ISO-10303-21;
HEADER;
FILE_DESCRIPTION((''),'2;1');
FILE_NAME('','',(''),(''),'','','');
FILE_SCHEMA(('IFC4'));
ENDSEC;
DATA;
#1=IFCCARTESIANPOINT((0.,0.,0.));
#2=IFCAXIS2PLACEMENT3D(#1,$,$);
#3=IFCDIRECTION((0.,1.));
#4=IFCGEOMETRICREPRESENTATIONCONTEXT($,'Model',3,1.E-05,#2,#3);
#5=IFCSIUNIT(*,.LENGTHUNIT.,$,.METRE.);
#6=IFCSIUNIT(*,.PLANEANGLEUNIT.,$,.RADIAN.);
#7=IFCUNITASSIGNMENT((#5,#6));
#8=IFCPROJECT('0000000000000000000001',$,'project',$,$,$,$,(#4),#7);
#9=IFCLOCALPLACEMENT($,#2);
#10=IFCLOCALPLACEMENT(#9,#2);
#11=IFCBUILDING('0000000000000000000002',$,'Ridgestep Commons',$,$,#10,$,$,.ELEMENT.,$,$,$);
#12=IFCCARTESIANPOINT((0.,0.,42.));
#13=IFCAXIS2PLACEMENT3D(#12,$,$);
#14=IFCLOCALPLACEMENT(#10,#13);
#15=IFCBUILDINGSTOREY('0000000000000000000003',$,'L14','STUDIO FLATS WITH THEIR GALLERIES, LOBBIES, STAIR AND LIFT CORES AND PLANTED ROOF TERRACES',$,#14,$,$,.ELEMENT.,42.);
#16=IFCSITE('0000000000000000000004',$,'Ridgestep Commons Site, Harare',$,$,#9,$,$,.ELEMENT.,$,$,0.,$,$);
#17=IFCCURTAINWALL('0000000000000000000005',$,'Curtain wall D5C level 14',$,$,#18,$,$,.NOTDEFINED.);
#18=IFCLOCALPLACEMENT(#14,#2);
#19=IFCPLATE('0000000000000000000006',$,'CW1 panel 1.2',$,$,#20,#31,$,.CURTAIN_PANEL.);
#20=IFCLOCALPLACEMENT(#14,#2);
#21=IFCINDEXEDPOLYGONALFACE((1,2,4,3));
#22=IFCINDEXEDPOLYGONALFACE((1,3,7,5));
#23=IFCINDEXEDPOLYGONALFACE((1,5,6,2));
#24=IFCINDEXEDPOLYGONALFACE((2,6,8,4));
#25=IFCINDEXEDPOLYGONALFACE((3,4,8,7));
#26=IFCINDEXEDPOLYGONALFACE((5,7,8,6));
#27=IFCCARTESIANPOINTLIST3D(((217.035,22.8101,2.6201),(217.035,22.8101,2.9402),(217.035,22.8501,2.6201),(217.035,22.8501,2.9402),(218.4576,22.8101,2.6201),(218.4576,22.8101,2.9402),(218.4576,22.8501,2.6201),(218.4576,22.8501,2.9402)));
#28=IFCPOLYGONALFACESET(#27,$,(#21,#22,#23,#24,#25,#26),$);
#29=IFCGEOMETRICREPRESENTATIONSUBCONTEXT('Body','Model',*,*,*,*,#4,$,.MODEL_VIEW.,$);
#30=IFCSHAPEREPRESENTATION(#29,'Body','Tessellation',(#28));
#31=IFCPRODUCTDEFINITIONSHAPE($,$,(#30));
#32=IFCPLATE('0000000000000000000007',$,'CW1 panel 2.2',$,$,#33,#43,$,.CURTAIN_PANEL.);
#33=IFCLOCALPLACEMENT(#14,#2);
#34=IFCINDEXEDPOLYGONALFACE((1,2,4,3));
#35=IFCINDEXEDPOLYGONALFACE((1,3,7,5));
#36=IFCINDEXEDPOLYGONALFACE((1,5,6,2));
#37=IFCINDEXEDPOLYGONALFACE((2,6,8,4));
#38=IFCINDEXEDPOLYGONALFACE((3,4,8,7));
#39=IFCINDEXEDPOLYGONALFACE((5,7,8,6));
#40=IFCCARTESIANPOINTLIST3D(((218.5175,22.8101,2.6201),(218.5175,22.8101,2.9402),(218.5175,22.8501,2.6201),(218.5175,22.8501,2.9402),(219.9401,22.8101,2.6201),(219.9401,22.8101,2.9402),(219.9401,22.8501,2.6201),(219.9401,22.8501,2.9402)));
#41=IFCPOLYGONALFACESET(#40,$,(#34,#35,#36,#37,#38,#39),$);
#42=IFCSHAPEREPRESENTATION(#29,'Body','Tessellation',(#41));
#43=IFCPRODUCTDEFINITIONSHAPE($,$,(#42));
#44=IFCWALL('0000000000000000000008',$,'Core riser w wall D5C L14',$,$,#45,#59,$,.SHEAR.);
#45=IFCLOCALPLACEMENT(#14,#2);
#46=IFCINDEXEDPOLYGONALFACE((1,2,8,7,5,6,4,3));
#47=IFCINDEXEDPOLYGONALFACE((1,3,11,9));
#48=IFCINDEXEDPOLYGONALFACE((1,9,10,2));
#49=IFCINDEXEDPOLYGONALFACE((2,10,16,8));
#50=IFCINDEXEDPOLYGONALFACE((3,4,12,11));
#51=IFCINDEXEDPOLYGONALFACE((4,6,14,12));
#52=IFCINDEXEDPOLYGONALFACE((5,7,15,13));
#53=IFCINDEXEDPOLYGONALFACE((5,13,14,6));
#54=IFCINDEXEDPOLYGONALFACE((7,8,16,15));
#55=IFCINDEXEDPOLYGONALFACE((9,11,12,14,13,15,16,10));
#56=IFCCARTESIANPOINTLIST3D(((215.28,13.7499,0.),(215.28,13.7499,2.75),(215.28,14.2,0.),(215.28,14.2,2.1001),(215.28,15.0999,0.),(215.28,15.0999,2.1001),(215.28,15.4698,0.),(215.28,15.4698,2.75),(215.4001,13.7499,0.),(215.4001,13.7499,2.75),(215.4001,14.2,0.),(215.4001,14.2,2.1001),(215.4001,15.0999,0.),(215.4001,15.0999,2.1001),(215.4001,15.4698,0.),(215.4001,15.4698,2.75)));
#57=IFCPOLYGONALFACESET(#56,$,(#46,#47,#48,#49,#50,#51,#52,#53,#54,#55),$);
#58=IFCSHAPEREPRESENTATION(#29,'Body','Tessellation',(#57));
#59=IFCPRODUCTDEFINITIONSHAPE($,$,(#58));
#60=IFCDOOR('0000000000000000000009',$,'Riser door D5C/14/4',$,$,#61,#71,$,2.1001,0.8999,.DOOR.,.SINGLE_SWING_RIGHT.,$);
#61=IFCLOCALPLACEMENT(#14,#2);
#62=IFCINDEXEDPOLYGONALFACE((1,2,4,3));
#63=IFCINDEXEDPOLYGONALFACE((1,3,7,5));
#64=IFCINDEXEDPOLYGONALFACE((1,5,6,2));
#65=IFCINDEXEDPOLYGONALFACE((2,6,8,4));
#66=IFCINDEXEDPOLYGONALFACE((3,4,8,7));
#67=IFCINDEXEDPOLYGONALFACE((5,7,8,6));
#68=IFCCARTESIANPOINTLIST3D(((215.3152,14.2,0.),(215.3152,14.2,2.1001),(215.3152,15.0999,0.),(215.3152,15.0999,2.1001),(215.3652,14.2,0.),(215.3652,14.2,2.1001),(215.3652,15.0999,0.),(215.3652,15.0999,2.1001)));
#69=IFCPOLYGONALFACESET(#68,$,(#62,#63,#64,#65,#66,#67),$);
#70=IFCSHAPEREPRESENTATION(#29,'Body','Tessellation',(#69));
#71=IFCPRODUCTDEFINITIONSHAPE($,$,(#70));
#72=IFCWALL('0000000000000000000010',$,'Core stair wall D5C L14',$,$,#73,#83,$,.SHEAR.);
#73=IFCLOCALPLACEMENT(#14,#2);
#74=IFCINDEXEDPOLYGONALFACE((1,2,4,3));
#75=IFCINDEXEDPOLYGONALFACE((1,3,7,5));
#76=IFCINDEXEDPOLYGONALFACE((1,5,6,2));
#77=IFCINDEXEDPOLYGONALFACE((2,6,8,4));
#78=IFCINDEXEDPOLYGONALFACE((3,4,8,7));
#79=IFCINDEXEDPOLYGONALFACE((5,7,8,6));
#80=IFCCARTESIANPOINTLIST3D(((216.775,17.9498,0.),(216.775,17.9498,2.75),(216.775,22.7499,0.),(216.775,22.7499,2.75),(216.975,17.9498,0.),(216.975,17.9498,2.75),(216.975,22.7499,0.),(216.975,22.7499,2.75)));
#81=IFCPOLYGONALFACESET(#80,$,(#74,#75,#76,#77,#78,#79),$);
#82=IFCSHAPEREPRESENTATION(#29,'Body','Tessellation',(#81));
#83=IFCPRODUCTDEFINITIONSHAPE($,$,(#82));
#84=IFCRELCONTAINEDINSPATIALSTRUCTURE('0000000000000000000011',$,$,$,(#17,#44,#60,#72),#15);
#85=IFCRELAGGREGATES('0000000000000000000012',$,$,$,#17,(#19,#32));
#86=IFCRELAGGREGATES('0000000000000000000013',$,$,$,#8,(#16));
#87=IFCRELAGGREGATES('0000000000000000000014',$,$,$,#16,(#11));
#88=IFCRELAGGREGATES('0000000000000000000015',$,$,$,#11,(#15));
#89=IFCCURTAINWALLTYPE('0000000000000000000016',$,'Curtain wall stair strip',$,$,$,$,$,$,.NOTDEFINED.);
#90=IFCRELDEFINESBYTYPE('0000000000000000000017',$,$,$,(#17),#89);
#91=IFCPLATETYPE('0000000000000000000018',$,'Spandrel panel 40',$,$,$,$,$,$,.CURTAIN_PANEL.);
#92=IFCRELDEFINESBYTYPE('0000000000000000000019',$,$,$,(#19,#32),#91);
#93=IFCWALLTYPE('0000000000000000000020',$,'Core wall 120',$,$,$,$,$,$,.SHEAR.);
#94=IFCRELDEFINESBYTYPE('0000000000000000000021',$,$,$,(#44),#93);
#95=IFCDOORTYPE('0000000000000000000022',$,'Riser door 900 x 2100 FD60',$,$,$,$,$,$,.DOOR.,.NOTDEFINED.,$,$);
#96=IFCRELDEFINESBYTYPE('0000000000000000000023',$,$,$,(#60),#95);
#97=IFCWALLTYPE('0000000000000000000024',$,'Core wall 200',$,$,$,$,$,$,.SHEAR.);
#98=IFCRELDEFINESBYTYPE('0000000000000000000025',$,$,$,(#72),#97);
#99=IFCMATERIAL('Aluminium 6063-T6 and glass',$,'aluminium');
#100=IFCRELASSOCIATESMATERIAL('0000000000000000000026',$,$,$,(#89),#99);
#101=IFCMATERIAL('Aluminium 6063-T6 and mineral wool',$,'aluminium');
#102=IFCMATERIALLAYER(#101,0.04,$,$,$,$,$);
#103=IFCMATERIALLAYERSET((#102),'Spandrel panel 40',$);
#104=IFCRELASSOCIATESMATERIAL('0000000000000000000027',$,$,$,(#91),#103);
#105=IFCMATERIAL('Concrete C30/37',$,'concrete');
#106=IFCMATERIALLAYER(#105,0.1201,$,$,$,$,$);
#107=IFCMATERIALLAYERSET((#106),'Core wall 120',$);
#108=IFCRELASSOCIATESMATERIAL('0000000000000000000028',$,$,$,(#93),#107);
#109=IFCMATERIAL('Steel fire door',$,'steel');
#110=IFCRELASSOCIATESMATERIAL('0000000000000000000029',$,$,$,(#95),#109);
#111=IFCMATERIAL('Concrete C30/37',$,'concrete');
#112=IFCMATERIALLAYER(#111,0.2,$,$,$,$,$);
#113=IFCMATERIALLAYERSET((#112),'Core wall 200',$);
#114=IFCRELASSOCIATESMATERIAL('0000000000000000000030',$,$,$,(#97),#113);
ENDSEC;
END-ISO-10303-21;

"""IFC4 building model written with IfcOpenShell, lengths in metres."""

from ifc_helpers import new_model, si_unit, direction, frame, frame_2d, origin, origin_2d, place, context, subcontext, project, spatial, rectangle, extrude, material, layer, layer_set, type_object, element, fill, aggregate, save


model = new_model("IFC4")

# Units and contexts
model_context = context("Model", 3, precision=1e-05, world=origin(), true_north=direction((0.0, 1.0)))
body_context = subcontext(model_context, "Body", "Model", "MODEL_VIEW")
ifc_project = project(units=[si_unit("LENGTHUNIT", "METRE"), si_unit("PLANEANGLEUNIT", "RADIAN")], contexts=[model_context])

# Site, building, storey
site_placement = place(None, origin())
site = spatial("IfcSite", under=ifc_project, at=site_placement, Name="Ridgestep Commons Site, Harare", CompositionType="ELEMENT", RefElevation=0.0)
building_placement = place(site_placement, origin())
building = spatial("IfcBuilding", under=site, at=building_placement, Name="Ridgestep Commons", CompositionType="ELEMENT")
storey_placement = place(building_placement, frame((0.0, 0.0, 42.0)))
storey = spatial("IfcBuildingStorey", under=building, at=storey_placement, Name="L14", Description="STUDIO FLATS WITH THEIR GALLERIES, LOBBIES, STAIR AND LIFT CORES AND PLANTED ROOF TERRACES", CompositionType="ELEMENT", Elevation=42.0)

# Curtain wall, plates
ifc_material_1 = material(Name="Aluminium 6063-T6 and glass", Category="aluminium")
curtain_wall_type = type_object("IfcCurtainWallType", Name="Curtain wall stair strip", PredefinedType="NOTDEFINED", material=ifc_material_1)
curtain_wall_placement = place(storey_placement, origin())
curtain_wall = element("IfcCurtainWall", 1, at=curtain_wall_placement, inside=storey, type_object=curtain_wall_type, Name="Curtain wall D5C level 14", PredefinedType="NOTDEFINED")
ifc_material_2 = material(Name="Aluminium 6063-T6 and mineral wool", Category="aluminium")
ifc_layer_1 = layer(ifc_material_2, 0.04)
ifc_layer_set_1 = layer_set([ifc_layer_1], Name="Spandrel panel 40")
plate_type_1 = type_object("IfcPlateType", Name="Spandrel panel 40", PredefinedType="CURTAIN_PANEL", material=ifc_layer_set_1)
plate_1_placement = place(storey_placement, frame((217.7463, 22.8301, 2.6201), z_axis=(0.0, 0.0, 1.0), x_axis=(1.0, 0.0, 0.0)))
plate_1 = element("IfcPlate", 2, at=plate_1_placement, type_object=plate_type_1, Name="CW1 panel 1.2", PredefinedType="CURTAIN_PANEL", context=body_context, shape_type="SweptSolid", body=[
    extrude(rectangle(XDim=1.4226, YDim=0.04, at=origin_2d()), origin(), (0.0, 0.0, 1.0), 0.3201),
])
plate_2_placement = place(storey_placement, frame((219.2288, 22.8301, 2.6201), z_axis=(0.0, 0.0, 1.0), x_axis=(1.0, 0.0, 0.0)))
plate_2 = element("IfcPlate", 3, at=plate_2_placement, type_object=plate_type_1, Name="CW1 panel 2.2", PredefinedType="CURTAIN_PANEL", context=body_context, shape_type="SweptSolid", body=[
    extrude(rectangle(XDim=1.4226, YDim=0.04, at=origin_2d()), origin(), (0.0, 0.0, 1.0), 0.3201),
])
aggregate(curtain_wall, [plate_1, plate_2])

# Wall, opening, door
ifc_material_3 = material(Name="Concrete C30/37", Category="concrete")
ifc_layer_2 = layer(ifc_material_3, 0.1201)
ifc_layer_set_2 = layer_set([ifc_layer_2], Name="Core wall 120")
wall_type_1 = type_object("IfcWallType", Name="Core wall 120", PredefinedType="SHEAR", material=ifc_layer_set_2)
wall_1_placement = place(storey_placement, frame((215.3401, 13.75, 0.0), z_axis=(0.0, 0.0, 1.0), x_axis=(0.0, 1.0, 0.0)))
wall_1 = element("IfcWall", 4, at=wall_1_placement, inside=storey, type_object=wall_type_1, Name="Core riser w wall D5C L14", PredefinedType="SHEAR", context=body_context, shape_type="SweptSolid", body=[
    extrude(rectangle(XDim=1.72, YDim=0.1201, at=frame_2d((0.8599, 0.0))), origin(), (0.0, 0.0, 1.0), 2.75),
])
opening_placement = place(wall_1_placement, frame((0.45, 0.0, 0.0)))
opening = element("IfcOpeningElement", 5, at=opening_placement, cuts=wall_1, PredefinedType="OPENING", context=body_context, shape_type="SweptSolid", body=[
    extrude(rectangle(XDim=0.8999, YDim=2.1001, at=frame_2d((0.45, 1.05))), frame((0.0, 0.0701, 0.0), z_axis=(0.0, -1.0, 0.0), x_axis=(1.0, 0.0, 0.0)), (0.0, 0.0, 1.0), 0.1401),
])
ifc_material_4 = material(Name="Steel fire door", Category="steel")
door_type = type_object("IfcDoorType", Name="Riser door 900 x 2100 FD60", OperationType="NOTDEFINED", PredefinedType="DOOR", material=ifc_material_4)
door_placement = place(opening_placement, origin())
door = element("IfcDoor", 6, at=door_placement, inside=storey, type_object=door_type, Name="Riser door D5C/14/4", OperationType="SINGLE_SWING_RIGHT", OverallHeight=2.1001, OverallWidth=0.8999, PredefinedType="DOOR", context=body_context, shape_type="SweptSolid", body=[
    extrude(rectangle(XDim=0.8999, YDim=2.1001, at=frame_2d((0.45, 1.05))), frame((0.0, 0.0249, 0.0), z_axis=(0.0, -1.0, 0.0), x_axis=(1.0, 0.0, 0.0)), (0.0, 0.0, 1.0), 0.05),
])
fill(opening, door)

# Wall
ifc_material_5 = material(Name="Concrete C30/37", Category="concrete")
ifc_layer_3 = layer(ifc_material_5, 0.2)
ifc_layer_set_3 = layer_set([ifc_layer_3], Name="Core wall 200")
wall_type_2 = type_object("IfcWallType", Name="Core wall 200", PredefinedType="SHEAR", material=ifc_layer_set_3)
wall_2_placement = place(storey_placement, frame((216.875, 17.95, 0.0), z_axis=(0.0, 0.0, 1.0), x_axis=(0.0, 1.0, 0.0)))
element("IfcWall", 7, at=wall_2_placement, inside=storey, type_object=wall_type_2, Name="Core stair wall D5C L14", PredefinedType="SHEAR", context=body_context, shape_type="SweptSolid", body=[
    extrude(rectangle(XDim=4.8, YDim=0.2, at=frame_2d((2.3999, 0.0))), origin(), (0.0, 0.0, 1.0), 2.75),
])

save(model, "model.ifc")
